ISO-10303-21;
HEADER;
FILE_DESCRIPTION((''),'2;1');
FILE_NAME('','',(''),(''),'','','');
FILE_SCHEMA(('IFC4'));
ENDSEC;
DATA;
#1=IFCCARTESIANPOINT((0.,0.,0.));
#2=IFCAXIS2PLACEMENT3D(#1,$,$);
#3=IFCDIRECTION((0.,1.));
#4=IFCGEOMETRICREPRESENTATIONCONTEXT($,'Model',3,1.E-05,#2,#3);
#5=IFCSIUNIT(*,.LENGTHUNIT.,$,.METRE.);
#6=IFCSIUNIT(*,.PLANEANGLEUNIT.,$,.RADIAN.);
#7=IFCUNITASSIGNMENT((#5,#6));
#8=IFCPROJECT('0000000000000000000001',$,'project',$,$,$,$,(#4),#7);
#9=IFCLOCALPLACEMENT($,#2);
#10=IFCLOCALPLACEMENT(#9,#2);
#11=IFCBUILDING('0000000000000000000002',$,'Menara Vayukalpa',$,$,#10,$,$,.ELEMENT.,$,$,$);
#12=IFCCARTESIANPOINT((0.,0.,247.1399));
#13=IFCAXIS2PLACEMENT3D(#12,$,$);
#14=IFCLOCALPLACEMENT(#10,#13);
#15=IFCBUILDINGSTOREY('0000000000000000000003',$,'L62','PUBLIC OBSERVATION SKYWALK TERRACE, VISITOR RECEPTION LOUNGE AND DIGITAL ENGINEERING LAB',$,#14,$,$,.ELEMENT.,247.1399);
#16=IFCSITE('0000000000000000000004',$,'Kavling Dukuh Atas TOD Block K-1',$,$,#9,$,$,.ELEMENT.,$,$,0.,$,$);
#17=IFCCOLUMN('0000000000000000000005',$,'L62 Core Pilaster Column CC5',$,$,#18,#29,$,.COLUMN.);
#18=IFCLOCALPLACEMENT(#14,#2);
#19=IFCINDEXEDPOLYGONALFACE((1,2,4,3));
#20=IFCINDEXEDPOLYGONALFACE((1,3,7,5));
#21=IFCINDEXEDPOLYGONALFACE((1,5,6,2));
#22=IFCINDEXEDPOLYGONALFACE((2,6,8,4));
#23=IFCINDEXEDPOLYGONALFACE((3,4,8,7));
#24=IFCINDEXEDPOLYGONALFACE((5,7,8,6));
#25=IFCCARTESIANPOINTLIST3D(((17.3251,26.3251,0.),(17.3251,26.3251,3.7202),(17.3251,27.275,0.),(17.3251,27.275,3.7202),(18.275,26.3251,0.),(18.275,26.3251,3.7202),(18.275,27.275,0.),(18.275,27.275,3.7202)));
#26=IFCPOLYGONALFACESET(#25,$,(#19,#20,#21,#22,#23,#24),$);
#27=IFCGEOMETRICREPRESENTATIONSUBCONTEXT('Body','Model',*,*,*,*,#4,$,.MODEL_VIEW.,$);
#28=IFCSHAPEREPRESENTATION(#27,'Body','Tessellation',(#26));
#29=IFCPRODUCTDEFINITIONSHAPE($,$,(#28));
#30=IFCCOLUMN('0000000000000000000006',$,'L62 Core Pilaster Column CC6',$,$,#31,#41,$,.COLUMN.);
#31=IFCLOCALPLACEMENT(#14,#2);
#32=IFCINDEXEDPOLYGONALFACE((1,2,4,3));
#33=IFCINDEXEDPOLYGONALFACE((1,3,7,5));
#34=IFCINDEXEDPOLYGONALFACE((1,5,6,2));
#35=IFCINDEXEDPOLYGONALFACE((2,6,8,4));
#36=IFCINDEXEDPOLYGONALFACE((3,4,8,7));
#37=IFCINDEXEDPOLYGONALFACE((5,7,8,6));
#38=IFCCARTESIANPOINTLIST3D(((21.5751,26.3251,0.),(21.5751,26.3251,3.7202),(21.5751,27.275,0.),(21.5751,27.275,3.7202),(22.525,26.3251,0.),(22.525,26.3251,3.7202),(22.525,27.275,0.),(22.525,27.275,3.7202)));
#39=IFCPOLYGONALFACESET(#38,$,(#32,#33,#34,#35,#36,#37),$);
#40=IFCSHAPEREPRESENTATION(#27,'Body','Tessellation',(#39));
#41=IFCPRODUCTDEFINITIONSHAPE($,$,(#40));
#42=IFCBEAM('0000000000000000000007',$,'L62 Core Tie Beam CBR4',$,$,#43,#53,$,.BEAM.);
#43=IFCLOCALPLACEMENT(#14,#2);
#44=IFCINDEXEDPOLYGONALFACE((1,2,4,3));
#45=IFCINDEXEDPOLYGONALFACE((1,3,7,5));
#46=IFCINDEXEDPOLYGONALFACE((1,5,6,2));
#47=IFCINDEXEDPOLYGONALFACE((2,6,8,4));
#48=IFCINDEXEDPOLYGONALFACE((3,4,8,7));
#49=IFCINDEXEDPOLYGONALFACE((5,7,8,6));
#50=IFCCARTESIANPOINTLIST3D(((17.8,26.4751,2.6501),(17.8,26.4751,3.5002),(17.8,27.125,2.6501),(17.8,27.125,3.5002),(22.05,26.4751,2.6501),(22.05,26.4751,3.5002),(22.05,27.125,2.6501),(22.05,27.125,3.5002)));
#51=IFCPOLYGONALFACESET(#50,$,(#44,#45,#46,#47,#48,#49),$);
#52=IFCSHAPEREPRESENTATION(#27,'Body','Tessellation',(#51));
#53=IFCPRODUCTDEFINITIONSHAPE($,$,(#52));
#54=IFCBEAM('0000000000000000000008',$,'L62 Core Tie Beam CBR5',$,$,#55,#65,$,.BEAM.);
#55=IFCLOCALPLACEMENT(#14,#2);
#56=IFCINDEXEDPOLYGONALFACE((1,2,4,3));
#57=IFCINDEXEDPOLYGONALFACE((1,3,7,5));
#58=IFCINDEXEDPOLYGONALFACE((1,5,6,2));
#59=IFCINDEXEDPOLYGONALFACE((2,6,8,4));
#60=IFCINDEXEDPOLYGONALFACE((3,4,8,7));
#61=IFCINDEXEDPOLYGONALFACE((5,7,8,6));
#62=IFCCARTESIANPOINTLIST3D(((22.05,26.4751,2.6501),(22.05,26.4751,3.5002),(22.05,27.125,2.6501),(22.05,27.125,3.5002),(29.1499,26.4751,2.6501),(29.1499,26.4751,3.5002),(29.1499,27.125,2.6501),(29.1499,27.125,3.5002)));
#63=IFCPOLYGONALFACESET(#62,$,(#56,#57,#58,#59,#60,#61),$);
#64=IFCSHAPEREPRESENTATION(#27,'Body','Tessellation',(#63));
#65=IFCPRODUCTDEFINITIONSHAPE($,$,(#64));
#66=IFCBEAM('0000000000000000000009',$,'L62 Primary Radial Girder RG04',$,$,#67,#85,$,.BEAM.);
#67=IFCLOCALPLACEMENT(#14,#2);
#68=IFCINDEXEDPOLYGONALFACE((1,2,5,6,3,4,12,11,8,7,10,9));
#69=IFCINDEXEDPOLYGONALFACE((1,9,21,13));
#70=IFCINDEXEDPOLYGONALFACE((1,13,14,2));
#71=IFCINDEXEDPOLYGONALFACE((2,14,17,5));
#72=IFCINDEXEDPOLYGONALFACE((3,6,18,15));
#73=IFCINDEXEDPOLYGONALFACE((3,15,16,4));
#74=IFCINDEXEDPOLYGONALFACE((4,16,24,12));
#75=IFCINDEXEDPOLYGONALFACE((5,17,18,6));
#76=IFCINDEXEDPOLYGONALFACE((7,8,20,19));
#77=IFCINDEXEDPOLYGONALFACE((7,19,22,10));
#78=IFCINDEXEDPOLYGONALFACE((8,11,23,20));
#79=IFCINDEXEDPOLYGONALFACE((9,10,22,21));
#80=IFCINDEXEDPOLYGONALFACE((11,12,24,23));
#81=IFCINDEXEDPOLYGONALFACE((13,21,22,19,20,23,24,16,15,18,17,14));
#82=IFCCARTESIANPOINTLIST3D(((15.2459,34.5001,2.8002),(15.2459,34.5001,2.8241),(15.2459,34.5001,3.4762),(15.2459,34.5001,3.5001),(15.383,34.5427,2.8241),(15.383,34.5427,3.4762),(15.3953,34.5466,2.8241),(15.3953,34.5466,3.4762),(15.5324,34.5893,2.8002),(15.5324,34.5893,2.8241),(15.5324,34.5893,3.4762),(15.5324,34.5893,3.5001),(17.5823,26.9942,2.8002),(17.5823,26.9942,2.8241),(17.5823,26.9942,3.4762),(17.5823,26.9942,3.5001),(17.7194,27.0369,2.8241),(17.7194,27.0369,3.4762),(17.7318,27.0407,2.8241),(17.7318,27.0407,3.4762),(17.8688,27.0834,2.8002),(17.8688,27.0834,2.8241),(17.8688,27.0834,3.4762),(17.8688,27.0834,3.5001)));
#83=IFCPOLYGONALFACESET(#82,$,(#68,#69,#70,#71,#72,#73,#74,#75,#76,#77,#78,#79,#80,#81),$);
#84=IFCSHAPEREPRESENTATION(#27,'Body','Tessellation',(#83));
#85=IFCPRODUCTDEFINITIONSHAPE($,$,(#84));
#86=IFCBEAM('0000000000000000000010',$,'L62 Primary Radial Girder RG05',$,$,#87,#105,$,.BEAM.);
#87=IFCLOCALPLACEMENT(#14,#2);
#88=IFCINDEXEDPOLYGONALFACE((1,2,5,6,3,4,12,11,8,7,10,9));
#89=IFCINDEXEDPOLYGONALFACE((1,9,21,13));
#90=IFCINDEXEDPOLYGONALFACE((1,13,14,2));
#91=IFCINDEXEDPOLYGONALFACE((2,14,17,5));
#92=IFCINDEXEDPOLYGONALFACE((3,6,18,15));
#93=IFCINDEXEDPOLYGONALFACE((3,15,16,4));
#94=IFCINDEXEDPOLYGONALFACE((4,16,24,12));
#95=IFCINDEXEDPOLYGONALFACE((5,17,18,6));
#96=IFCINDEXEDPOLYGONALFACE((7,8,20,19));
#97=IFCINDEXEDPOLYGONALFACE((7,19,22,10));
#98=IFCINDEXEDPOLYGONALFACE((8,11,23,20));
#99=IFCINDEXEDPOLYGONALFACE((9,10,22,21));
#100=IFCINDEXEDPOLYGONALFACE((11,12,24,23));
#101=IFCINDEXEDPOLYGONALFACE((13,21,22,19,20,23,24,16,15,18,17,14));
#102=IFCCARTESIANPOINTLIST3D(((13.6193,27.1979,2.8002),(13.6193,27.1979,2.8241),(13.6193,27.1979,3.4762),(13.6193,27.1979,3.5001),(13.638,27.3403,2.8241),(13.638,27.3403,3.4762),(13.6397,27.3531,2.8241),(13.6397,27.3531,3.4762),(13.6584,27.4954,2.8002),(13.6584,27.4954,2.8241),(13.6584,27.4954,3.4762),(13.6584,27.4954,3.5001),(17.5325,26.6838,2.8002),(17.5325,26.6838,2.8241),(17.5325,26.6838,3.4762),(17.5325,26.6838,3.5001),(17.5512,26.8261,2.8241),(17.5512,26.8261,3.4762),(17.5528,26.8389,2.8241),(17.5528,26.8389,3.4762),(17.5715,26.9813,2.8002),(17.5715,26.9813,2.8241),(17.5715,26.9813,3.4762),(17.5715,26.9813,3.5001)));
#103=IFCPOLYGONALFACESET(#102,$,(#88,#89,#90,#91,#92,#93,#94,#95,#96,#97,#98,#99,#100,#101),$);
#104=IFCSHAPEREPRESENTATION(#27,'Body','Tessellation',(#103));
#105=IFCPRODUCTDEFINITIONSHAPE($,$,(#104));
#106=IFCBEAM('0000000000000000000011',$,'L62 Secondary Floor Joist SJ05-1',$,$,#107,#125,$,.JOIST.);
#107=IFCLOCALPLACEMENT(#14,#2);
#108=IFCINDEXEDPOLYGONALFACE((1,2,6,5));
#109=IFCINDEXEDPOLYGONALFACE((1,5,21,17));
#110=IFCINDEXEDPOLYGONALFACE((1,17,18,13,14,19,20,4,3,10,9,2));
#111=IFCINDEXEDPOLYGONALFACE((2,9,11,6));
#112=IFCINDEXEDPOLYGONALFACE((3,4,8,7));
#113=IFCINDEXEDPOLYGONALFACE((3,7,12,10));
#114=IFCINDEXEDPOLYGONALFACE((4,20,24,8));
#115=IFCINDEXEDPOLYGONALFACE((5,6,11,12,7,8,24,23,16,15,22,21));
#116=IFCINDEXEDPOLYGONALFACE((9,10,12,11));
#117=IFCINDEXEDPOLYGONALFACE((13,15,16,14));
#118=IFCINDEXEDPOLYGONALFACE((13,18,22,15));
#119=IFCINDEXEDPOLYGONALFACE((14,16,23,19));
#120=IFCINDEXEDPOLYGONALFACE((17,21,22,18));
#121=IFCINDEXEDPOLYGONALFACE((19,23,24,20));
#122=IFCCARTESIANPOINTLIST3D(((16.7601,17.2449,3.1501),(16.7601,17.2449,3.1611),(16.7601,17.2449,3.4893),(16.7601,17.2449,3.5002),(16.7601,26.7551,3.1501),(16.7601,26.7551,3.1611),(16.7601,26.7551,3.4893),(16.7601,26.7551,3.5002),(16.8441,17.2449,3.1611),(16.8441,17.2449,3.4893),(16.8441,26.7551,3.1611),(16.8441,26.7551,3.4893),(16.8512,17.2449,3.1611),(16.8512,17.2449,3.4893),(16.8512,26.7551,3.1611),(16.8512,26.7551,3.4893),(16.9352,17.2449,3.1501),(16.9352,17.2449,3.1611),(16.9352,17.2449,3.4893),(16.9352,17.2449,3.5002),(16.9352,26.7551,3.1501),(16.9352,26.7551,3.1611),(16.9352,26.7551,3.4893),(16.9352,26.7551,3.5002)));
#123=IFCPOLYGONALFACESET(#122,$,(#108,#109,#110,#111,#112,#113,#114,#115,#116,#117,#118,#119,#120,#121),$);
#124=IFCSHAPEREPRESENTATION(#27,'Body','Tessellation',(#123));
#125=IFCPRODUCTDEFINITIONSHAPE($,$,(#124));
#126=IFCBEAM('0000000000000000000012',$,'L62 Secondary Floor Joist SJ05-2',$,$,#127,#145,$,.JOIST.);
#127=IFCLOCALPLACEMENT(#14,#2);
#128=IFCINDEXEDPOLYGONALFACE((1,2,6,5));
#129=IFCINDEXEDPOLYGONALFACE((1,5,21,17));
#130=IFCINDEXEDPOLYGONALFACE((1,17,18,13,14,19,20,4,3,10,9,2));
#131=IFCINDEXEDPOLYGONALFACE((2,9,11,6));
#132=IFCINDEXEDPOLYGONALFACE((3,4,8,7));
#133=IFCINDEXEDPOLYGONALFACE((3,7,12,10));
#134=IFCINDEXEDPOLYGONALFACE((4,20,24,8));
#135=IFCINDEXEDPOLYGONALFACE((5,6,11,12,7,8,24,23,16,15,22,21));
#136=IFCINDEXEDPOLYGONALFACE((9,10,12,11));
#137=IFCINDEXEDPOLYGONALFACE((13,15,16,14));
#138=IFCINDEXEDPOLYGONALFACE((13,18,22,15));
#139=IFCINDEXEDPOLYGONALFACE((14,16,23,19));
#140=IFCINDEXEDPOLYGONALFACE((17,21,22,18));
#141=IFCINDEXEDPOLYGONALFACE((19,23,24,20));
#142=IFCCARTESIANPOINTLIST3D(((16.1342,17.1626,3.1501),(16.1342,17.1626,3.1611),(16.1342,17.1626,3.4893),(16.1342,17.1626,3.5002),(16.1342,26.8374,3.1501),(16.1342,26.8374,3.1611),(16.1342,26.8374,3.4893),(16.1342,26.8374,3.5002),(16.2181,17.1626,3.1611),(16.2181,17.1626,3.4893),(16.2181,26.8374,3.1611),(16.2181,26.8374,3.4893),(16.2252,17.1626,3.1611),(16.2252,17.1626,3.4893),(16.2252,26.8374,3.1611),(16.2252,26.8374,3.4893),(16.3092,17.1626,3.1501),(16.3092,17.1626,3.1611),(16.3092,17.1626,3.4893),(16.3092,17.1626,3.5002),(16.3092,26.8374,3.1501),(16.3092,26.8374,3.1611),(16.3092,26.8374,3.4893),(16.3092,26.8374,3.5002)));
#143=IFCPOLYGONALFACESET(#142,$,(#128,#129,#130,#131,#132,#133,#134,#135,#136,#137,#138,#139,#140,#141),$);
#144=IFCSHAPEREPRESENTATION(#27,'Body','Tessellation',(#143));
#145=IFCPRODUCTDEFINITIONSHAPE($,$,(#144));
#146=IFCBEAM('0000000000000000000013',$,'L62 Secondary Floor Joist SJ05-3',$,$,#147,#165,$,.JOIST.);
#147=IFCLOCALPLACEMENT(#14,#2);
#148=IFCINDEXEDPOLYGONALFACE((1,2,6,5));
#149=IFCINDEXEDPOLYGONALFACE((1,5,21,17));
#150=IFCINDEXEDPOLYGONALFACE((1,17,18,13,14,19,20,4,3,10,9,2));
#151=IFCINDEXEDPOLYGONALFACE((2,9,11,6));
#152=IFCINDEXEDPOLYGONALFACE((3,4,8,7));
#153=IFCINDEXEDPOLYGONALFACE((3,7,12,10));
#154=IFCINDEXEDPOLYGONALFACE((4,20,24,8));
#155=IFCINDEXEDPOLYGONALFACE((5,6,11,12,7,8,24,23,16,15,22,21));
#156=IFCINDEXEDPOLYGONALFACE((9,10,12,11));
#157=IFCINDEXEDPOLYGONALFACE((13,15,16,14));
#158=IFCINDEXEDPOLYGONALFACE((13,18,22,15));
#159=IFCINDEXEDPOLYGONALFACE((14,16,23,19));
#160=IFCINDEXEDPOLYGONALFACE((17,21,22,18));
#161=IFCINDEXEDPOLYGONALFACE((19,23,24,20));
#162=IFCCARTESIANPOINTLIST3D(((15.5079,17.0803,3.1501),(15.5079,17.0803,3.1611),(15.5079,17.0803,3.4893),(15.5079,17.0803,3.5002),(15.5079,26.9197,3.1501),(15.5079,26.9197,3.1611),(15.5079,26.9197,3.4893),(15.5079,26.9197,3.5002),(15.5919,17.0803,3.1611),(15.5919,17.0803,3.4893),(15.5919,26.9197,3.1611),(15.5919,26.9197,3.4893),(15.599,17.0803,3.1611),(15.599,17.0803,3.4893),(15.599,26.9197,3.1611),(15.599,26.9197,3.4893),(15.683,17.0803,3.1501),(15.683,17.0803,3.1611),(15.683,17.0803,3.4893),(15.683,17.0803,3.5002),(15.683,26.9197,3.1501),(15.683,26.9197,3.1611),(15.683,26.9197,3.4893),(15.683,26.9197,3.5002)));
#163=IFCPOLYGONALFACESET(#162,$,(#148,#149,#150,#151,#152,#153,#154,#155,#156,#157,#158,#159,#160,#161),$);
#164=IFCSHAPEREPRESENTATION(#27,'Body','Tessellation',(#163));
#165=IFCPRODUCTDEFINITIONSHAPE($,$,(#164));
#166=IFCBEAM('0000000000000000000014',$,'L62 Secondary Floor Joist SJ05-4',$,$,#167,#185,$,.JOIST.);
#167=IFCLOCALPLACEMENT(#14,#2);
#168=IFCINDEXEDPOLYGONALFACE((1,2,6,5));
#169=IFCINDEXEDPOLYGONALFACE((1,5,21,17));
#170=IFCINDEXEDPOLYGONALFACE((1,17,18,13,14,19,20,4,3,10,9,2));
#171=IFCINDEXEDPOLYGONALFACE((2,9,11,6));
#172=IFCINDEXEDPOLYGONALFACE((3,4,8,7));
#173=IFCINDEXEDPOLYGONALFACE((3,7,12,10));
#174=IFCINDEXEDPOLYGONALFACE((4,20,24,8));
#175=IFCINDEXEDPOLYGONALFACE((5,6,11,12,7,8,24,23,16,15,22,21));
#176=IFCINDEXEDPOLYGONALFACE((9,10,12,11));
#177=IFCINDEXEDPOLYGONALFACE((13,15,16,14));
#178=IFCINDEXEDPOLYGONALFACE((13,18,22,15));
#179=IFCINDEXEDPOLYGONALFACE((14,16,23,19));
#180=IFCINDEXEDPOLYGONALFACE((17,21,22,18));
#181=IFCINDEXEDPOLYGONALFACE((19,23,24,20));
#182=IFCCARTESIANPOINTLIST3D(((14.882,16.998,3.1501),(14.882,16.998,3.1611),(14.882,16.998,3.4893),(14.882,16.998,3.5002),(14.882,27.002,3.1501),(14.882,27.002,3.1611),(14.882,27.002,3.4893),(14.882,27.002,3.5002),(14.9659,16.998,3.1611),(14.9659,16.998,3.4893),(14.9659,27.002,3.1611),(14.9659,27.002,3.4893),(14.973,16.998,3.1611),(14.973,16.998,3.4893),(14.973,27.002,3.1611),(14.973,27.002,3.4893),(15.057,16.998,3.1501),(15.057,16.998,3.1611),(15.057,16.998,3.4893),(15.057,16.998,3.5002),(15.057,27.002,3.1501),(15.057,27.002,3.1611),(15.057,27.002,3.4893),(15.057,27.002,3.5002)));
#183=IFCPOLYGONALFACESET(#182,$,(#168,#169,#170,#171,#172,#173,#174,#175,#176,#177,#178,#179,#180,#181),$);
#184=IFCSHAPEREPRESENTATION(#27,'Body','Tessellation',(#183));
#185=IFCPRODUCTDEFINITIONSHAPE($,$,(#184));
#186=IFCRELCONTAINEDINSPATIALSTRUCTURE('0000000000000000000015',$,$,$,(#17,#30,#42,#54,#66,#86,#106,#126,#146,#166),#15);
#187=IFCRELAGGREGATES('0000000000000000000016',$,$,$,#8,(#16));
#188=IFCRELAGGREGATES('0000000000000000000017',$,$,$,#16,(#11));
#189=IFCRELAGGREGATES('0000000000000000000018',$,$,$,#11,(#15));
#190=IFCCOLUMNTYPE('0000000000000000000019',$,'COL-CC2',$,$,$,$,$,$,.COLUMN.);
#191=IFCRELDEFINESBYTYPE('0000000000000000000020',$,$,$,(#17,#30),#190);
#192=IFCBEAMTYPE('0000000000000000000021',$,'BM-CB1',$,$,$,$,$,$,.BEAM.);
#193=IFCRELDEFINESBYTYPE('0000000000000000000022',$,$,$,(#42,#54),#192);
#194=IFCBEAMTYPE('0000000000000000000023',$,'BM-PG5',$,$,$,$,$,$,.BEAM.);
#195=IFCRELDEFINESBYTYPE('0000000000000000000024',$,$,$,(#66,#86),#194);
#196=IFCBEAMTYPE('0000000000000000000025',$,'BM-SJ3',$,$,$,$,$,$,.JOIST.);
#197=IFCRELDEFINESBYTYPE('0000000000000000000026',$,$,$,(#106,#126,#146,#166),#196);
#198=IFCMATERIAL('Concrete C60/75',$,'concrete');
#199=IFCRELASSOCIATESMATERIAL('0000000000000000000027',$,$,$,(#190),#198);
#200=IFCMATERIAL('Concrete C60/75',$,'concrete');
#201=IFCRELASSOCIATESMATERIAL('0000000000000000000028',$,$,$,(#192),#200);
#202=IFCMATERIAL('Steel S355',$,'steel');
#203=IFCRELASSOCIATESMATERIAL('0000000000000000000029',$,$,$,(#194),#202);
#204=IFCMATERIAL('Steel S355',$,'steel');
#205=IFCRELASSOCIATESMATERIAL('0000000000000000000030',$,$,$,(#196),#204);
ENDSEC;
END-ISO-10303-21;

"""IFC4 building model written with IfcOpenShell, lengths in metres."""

from ifc_helpers import new_model, si_unit, direction, frame, origin, origin_2d, place, context, subcontext, project, spatial, rectangle, i_section, extrude, material, material_profile, profile_set, type_object, element, save


model = new_model("IFC4")

# Units and contexts
model_context = context("Model", 3, precision=1e-05, world=origin(), true_north=direction((0.0, 1.0)))
body_context = subcontext(model_context, "Body", "Model", "MODEL_VIEW")
ifc_project = project(units=[si_unit("LENGTHUNIT", "METRE"), si_unit("PLANEANGLEUNIT", "RADIAN")], contexts=[model_context])

# Site, building, storey
site_placement = place(None, origin())
site = spatial("IfcSite", under=ifc_project, at=site_placement, Name="Kavling Dukuh Atas TOD Block K-1", CompositionType="ELEMENT", RefElevation=0.0)
building_placement = place(site_placement, origin())
building = spatial("IfcBuilding", under=site, at=building_placement, Name="Menara Vayukalpa", CompositionType="ELEMENT")
storey_placement = place(building_placement, frame((0.0, 0.0, 247.1399)))
storey = spatial("IfcBuildingStorey", under=building, at=storey_placement, Name="L62", Description="PUBLIC OBSERVATION SKYWALK TERRACE, VISITOR RECEPTION LOUNGE AND DIGITAL ENGINEERING LAB", CompositionType="ELEMENT", Elevation=247.1399)

# Columns
ifc_material_1 = material(Name="Concrete C60/75", Category="concrete")
ifc_material_profile_1 = material_profile(ifc_material_1, rectangle(XDim=0.95, YDim=0.95, at=origin_2d()), Name="RC 950x950")
ifc_profile_set_1 = profile_set([ifc_material_profile_1], Name="Concrete C60/75")
column_type = type_object("IfcColumnType", Name="COL-CC2", PredefinedType="COLUMN", material=ifc_profile_set_1)
for number, where, z_axis, x_axis, name in (
    (1, (17.8, 26.8, 0.0), (0.0, 0.0, 1.0), (1.0, 0.0, 0.0), "L62 Core Pilaster Column CC5"),
    (2, (22.05, 26.8, 0.0), (0.0, 0.0, 1.0), (1.0, 0.0, 0.0), "L62 Core Pilaster Column CC6"),
):
    element("IfcColumn", number, at=place(storey_placement, frame(where, z_axis=z_axis, x_axis=x_axis)), inside=storey, type_object=column_type, Name=name, PredefinedType="COLUMN", context=body_context, shape_type="SweptSolid", body=[
        extrude(rectangle(XDim=0.95, YDim=0.95, at=origin_2d()), origin(), (0.0, 0.0, 1.0), 3.7202),
    ])

# Beams
ifc_material_2 = material(Name="Concrete C60/75", Category="concrete")
ifc_material_profile_2 = material_profile(ifc_material_2, rectangle(XDim=0.6499, YDim=0.8501, at=origin_2d()), Name="RC 650x850")
ifc_profile_set_2 = profile_set([ifc_material_profile_2], Name="Concrete C60/75")
beam_type_1 = type_object("IfcBeamType", Name="BM-CB1", PredefinedType="BEAM", material=ifc_profile_set_2)
beam_1_placement = place(storey_placement, frame((17.8, 26.8, 3.0752), z_axis=(1.0, 0.0, 0.0), x_axis=(0.0, 1.0, 0.0)))
element("IfcBeam", 3, at=beam_1_placement, inside=storey, type_object=beam_type_1, Name="L62 Core Tie Beam CBR4", PredefinedType="BEAM", context=body_context, shape_type="SweptSolid", body=[
    extrude(rectangle(XDim=0.6499, YDim=0.8501, at=origin_2d()), origin(), (0.0, 0.0, 1.0), 4.25),
])
beam_2_placement = place(storey_placement, frame((22.05, 26.8, 3.0752), z_axis=(1.0, 0.0, 0.0), x_axis=(0.0, 1.0, 0.0)))
element("IfcBeam", 4, at=beam_2_placement, inside=storey, type_object=beam_type_1, Name="L62 Core Tie Beam CBR5", PredefinedType="BEAM", context=body_context, shape_type="SweptSolid", body=[
    extrude(rectangle(XDim=0.6499, YDim=0.8501, at=origin_2d()), origin(), (0.0, 0.0, 1.0), 7.0999),
])
ifc_material_3 = material(Name="Steel S355", Category="steel")
ifc_material_profile_3 = material_profile(ifc_material_3, i_section(OverallWidth=0.3, OverallDepth=0.7, WebThickness=0.0129, FlangeThickness=0.0239, at=origin_2d()), Name="WF 700x300x13x24")
ifc_profile_set_3 = profile_set([ifc_material_profile_3], Name="Steel S355")
beam_type_2 = type_object("IfcBeamType", Name="BM-PG5", PredefinedType="BEAM", material=ifc_profile_set_3)
beam_3_placement = place(storey_placement, frame((17.7256, 27.0388, 3.1501), z_axis=(-0.297214, 0.954811, 0.0), x_axis=(-0.954811, -0.297214, 0.0)))
element("IfcBeam", 5, at=beam_3_placement, inside=storey, type_object=beam_type_2, Name="L62 Primary Radial Girder RG04", PredefinedType="BEAM", context=body_context, shape_type="SweptSolid", body=[
    extrude(i_section(OverallWidth=0.3, OverallDepth=0.7, WebThickness=0.0129, FlangeThickness=0.0239, at=origin_2d()), origin(), (0.0, 0.0, 1.0), 7.8611),
])
beam_4_placement = place(storey_placement, frame((17.552, 26.8325, 3.1501), z_axis=(-0.991478, 0.130275, 0.0), x_axis=(-0.130275, -0.991478, 0.0)))
element("IfcBeam", 6, at=beam_4_placement, inside=storey, type_object=beam_type_2, Name="L62 Primary Radial Girder RG05", PredefinedType="BEAM", context=body_context, shape_type="SweptSolid", body=[
    extrude(i_section(OverallWidth=0.3, OverallDepth=0.7, WebThickness=0.0129, FlangeThickness=0.0239, at=origin_2d()), origin(), (0.0, 0.0, 1.0), 3.9468),
])
ifc_material_4 = material(Name="Steel S355", Category="steel")
ifc_material_profile_4 = material_profile(ifc_material_4, i_section(OverallWidth=0.175, OverallDepth=0.3501, WebThickness=0.0071, FlangeThickness=0.011, at=origin_2d()), Name="WF 350x175x7x11")
ifc_profile_set_4 = profile_set([ifc_material_profile_4], Name="Steel S355")
beam_type_3 = type_object("IfcBeamType", Name="BM-SJ3", PredefinedType="JOIST", material=ifc_profile_set_4)
beam_5_placement = place(storey_placement, frame((16.8477, 26.7551, 3.3252), z_axis=(0.0, -1.0, 0.0), x_axis=(1.0, 0.0, 0.0)))
element("IfcBeam", 7, at=beam_5_placement, inside=storey, type_object=beam_type_3, Name="L62 Secondary Floor Joist SJ05-1", PredefinedType="JOIST", context=body_context, shape_type="SweptSolid", body=[
    extrude(i_section(OverallWidth=0.175, OverallDepth=0.3501, WebThickness=0.0071, FlangeThickness=0.011, at=origin_2d()), origin(), (0.0, 0.0, 1.0), 9.5103),
])
beam_6_placement = place(storey_placement, frame((16.2217, 26.8374, 3.3252), z_axis=(0.0, -1.0, 0.0), x_axis=(1.0, 0.0, 0.0)))
element("IfcBeam", 8, at=beam_6_placement, inside=storey, type_object=beam_type_3, Name="L62 Secondary Floor Joist SJ05-2", PredefinedType="JOIST", context=body_context, shape_type="SweptSolid", body=[
    extrude(i_section(OverallWidth=0.175, OverallDepth=0.3501, WebThickness=0.0071, FlangeThickness=0.011, at=origin_2d()), origin(), (0.0, 0.0, 1.0), 9.6748),
])
beam_7_placement = place(storey_placement, frame((15.5955, 26.9197, 3.3252), z_axis=(0.0, -1.0, 0.0), x_axis=(1.0, 0.0, 0.0)))
element("IfcBeam", 9, at=beam_7_placement, inside=storey, type_object=beam_type_3, Name="L62 Secondary Floor Joist SJ05-3", PredefinedType="JOIST", context=body_context, shape_type="SweptSolid", body=[
    extrude(i_section(OverallWidth=0.175, OverallDepth=0.3501, WebThickness=0.0071, FlangeThickness=0.011, at=origin_2d()), origin(), (0.0, 0.0, 1.0), 9.8394),
])
beam_8_placement = place(storey_placement, frame((14.9695, 27.002, 3.3252), z_axis=(0.0, -1.0, 0.0), x_axis=(1.0, 0.0, 0.0)))
element("IfcBeam", 10, at=beam_8_placement, inside=storey, type_object=beam_type_3, Name="L62 Secondary Floor Joist SJ05-4", PredefinedType="JOIST", context=body_context, shape_type="SweptSolid", body=[
    extrude(i_section(OverallWidth=0.175, OverallDepth=0.3501, WebThickness=0.0071, FlangeThickness=0.011, at=origin_2d()), origin(), (0.0, 0.0, 1.0), 10.0039),
])

save(model, "model.ifc")
